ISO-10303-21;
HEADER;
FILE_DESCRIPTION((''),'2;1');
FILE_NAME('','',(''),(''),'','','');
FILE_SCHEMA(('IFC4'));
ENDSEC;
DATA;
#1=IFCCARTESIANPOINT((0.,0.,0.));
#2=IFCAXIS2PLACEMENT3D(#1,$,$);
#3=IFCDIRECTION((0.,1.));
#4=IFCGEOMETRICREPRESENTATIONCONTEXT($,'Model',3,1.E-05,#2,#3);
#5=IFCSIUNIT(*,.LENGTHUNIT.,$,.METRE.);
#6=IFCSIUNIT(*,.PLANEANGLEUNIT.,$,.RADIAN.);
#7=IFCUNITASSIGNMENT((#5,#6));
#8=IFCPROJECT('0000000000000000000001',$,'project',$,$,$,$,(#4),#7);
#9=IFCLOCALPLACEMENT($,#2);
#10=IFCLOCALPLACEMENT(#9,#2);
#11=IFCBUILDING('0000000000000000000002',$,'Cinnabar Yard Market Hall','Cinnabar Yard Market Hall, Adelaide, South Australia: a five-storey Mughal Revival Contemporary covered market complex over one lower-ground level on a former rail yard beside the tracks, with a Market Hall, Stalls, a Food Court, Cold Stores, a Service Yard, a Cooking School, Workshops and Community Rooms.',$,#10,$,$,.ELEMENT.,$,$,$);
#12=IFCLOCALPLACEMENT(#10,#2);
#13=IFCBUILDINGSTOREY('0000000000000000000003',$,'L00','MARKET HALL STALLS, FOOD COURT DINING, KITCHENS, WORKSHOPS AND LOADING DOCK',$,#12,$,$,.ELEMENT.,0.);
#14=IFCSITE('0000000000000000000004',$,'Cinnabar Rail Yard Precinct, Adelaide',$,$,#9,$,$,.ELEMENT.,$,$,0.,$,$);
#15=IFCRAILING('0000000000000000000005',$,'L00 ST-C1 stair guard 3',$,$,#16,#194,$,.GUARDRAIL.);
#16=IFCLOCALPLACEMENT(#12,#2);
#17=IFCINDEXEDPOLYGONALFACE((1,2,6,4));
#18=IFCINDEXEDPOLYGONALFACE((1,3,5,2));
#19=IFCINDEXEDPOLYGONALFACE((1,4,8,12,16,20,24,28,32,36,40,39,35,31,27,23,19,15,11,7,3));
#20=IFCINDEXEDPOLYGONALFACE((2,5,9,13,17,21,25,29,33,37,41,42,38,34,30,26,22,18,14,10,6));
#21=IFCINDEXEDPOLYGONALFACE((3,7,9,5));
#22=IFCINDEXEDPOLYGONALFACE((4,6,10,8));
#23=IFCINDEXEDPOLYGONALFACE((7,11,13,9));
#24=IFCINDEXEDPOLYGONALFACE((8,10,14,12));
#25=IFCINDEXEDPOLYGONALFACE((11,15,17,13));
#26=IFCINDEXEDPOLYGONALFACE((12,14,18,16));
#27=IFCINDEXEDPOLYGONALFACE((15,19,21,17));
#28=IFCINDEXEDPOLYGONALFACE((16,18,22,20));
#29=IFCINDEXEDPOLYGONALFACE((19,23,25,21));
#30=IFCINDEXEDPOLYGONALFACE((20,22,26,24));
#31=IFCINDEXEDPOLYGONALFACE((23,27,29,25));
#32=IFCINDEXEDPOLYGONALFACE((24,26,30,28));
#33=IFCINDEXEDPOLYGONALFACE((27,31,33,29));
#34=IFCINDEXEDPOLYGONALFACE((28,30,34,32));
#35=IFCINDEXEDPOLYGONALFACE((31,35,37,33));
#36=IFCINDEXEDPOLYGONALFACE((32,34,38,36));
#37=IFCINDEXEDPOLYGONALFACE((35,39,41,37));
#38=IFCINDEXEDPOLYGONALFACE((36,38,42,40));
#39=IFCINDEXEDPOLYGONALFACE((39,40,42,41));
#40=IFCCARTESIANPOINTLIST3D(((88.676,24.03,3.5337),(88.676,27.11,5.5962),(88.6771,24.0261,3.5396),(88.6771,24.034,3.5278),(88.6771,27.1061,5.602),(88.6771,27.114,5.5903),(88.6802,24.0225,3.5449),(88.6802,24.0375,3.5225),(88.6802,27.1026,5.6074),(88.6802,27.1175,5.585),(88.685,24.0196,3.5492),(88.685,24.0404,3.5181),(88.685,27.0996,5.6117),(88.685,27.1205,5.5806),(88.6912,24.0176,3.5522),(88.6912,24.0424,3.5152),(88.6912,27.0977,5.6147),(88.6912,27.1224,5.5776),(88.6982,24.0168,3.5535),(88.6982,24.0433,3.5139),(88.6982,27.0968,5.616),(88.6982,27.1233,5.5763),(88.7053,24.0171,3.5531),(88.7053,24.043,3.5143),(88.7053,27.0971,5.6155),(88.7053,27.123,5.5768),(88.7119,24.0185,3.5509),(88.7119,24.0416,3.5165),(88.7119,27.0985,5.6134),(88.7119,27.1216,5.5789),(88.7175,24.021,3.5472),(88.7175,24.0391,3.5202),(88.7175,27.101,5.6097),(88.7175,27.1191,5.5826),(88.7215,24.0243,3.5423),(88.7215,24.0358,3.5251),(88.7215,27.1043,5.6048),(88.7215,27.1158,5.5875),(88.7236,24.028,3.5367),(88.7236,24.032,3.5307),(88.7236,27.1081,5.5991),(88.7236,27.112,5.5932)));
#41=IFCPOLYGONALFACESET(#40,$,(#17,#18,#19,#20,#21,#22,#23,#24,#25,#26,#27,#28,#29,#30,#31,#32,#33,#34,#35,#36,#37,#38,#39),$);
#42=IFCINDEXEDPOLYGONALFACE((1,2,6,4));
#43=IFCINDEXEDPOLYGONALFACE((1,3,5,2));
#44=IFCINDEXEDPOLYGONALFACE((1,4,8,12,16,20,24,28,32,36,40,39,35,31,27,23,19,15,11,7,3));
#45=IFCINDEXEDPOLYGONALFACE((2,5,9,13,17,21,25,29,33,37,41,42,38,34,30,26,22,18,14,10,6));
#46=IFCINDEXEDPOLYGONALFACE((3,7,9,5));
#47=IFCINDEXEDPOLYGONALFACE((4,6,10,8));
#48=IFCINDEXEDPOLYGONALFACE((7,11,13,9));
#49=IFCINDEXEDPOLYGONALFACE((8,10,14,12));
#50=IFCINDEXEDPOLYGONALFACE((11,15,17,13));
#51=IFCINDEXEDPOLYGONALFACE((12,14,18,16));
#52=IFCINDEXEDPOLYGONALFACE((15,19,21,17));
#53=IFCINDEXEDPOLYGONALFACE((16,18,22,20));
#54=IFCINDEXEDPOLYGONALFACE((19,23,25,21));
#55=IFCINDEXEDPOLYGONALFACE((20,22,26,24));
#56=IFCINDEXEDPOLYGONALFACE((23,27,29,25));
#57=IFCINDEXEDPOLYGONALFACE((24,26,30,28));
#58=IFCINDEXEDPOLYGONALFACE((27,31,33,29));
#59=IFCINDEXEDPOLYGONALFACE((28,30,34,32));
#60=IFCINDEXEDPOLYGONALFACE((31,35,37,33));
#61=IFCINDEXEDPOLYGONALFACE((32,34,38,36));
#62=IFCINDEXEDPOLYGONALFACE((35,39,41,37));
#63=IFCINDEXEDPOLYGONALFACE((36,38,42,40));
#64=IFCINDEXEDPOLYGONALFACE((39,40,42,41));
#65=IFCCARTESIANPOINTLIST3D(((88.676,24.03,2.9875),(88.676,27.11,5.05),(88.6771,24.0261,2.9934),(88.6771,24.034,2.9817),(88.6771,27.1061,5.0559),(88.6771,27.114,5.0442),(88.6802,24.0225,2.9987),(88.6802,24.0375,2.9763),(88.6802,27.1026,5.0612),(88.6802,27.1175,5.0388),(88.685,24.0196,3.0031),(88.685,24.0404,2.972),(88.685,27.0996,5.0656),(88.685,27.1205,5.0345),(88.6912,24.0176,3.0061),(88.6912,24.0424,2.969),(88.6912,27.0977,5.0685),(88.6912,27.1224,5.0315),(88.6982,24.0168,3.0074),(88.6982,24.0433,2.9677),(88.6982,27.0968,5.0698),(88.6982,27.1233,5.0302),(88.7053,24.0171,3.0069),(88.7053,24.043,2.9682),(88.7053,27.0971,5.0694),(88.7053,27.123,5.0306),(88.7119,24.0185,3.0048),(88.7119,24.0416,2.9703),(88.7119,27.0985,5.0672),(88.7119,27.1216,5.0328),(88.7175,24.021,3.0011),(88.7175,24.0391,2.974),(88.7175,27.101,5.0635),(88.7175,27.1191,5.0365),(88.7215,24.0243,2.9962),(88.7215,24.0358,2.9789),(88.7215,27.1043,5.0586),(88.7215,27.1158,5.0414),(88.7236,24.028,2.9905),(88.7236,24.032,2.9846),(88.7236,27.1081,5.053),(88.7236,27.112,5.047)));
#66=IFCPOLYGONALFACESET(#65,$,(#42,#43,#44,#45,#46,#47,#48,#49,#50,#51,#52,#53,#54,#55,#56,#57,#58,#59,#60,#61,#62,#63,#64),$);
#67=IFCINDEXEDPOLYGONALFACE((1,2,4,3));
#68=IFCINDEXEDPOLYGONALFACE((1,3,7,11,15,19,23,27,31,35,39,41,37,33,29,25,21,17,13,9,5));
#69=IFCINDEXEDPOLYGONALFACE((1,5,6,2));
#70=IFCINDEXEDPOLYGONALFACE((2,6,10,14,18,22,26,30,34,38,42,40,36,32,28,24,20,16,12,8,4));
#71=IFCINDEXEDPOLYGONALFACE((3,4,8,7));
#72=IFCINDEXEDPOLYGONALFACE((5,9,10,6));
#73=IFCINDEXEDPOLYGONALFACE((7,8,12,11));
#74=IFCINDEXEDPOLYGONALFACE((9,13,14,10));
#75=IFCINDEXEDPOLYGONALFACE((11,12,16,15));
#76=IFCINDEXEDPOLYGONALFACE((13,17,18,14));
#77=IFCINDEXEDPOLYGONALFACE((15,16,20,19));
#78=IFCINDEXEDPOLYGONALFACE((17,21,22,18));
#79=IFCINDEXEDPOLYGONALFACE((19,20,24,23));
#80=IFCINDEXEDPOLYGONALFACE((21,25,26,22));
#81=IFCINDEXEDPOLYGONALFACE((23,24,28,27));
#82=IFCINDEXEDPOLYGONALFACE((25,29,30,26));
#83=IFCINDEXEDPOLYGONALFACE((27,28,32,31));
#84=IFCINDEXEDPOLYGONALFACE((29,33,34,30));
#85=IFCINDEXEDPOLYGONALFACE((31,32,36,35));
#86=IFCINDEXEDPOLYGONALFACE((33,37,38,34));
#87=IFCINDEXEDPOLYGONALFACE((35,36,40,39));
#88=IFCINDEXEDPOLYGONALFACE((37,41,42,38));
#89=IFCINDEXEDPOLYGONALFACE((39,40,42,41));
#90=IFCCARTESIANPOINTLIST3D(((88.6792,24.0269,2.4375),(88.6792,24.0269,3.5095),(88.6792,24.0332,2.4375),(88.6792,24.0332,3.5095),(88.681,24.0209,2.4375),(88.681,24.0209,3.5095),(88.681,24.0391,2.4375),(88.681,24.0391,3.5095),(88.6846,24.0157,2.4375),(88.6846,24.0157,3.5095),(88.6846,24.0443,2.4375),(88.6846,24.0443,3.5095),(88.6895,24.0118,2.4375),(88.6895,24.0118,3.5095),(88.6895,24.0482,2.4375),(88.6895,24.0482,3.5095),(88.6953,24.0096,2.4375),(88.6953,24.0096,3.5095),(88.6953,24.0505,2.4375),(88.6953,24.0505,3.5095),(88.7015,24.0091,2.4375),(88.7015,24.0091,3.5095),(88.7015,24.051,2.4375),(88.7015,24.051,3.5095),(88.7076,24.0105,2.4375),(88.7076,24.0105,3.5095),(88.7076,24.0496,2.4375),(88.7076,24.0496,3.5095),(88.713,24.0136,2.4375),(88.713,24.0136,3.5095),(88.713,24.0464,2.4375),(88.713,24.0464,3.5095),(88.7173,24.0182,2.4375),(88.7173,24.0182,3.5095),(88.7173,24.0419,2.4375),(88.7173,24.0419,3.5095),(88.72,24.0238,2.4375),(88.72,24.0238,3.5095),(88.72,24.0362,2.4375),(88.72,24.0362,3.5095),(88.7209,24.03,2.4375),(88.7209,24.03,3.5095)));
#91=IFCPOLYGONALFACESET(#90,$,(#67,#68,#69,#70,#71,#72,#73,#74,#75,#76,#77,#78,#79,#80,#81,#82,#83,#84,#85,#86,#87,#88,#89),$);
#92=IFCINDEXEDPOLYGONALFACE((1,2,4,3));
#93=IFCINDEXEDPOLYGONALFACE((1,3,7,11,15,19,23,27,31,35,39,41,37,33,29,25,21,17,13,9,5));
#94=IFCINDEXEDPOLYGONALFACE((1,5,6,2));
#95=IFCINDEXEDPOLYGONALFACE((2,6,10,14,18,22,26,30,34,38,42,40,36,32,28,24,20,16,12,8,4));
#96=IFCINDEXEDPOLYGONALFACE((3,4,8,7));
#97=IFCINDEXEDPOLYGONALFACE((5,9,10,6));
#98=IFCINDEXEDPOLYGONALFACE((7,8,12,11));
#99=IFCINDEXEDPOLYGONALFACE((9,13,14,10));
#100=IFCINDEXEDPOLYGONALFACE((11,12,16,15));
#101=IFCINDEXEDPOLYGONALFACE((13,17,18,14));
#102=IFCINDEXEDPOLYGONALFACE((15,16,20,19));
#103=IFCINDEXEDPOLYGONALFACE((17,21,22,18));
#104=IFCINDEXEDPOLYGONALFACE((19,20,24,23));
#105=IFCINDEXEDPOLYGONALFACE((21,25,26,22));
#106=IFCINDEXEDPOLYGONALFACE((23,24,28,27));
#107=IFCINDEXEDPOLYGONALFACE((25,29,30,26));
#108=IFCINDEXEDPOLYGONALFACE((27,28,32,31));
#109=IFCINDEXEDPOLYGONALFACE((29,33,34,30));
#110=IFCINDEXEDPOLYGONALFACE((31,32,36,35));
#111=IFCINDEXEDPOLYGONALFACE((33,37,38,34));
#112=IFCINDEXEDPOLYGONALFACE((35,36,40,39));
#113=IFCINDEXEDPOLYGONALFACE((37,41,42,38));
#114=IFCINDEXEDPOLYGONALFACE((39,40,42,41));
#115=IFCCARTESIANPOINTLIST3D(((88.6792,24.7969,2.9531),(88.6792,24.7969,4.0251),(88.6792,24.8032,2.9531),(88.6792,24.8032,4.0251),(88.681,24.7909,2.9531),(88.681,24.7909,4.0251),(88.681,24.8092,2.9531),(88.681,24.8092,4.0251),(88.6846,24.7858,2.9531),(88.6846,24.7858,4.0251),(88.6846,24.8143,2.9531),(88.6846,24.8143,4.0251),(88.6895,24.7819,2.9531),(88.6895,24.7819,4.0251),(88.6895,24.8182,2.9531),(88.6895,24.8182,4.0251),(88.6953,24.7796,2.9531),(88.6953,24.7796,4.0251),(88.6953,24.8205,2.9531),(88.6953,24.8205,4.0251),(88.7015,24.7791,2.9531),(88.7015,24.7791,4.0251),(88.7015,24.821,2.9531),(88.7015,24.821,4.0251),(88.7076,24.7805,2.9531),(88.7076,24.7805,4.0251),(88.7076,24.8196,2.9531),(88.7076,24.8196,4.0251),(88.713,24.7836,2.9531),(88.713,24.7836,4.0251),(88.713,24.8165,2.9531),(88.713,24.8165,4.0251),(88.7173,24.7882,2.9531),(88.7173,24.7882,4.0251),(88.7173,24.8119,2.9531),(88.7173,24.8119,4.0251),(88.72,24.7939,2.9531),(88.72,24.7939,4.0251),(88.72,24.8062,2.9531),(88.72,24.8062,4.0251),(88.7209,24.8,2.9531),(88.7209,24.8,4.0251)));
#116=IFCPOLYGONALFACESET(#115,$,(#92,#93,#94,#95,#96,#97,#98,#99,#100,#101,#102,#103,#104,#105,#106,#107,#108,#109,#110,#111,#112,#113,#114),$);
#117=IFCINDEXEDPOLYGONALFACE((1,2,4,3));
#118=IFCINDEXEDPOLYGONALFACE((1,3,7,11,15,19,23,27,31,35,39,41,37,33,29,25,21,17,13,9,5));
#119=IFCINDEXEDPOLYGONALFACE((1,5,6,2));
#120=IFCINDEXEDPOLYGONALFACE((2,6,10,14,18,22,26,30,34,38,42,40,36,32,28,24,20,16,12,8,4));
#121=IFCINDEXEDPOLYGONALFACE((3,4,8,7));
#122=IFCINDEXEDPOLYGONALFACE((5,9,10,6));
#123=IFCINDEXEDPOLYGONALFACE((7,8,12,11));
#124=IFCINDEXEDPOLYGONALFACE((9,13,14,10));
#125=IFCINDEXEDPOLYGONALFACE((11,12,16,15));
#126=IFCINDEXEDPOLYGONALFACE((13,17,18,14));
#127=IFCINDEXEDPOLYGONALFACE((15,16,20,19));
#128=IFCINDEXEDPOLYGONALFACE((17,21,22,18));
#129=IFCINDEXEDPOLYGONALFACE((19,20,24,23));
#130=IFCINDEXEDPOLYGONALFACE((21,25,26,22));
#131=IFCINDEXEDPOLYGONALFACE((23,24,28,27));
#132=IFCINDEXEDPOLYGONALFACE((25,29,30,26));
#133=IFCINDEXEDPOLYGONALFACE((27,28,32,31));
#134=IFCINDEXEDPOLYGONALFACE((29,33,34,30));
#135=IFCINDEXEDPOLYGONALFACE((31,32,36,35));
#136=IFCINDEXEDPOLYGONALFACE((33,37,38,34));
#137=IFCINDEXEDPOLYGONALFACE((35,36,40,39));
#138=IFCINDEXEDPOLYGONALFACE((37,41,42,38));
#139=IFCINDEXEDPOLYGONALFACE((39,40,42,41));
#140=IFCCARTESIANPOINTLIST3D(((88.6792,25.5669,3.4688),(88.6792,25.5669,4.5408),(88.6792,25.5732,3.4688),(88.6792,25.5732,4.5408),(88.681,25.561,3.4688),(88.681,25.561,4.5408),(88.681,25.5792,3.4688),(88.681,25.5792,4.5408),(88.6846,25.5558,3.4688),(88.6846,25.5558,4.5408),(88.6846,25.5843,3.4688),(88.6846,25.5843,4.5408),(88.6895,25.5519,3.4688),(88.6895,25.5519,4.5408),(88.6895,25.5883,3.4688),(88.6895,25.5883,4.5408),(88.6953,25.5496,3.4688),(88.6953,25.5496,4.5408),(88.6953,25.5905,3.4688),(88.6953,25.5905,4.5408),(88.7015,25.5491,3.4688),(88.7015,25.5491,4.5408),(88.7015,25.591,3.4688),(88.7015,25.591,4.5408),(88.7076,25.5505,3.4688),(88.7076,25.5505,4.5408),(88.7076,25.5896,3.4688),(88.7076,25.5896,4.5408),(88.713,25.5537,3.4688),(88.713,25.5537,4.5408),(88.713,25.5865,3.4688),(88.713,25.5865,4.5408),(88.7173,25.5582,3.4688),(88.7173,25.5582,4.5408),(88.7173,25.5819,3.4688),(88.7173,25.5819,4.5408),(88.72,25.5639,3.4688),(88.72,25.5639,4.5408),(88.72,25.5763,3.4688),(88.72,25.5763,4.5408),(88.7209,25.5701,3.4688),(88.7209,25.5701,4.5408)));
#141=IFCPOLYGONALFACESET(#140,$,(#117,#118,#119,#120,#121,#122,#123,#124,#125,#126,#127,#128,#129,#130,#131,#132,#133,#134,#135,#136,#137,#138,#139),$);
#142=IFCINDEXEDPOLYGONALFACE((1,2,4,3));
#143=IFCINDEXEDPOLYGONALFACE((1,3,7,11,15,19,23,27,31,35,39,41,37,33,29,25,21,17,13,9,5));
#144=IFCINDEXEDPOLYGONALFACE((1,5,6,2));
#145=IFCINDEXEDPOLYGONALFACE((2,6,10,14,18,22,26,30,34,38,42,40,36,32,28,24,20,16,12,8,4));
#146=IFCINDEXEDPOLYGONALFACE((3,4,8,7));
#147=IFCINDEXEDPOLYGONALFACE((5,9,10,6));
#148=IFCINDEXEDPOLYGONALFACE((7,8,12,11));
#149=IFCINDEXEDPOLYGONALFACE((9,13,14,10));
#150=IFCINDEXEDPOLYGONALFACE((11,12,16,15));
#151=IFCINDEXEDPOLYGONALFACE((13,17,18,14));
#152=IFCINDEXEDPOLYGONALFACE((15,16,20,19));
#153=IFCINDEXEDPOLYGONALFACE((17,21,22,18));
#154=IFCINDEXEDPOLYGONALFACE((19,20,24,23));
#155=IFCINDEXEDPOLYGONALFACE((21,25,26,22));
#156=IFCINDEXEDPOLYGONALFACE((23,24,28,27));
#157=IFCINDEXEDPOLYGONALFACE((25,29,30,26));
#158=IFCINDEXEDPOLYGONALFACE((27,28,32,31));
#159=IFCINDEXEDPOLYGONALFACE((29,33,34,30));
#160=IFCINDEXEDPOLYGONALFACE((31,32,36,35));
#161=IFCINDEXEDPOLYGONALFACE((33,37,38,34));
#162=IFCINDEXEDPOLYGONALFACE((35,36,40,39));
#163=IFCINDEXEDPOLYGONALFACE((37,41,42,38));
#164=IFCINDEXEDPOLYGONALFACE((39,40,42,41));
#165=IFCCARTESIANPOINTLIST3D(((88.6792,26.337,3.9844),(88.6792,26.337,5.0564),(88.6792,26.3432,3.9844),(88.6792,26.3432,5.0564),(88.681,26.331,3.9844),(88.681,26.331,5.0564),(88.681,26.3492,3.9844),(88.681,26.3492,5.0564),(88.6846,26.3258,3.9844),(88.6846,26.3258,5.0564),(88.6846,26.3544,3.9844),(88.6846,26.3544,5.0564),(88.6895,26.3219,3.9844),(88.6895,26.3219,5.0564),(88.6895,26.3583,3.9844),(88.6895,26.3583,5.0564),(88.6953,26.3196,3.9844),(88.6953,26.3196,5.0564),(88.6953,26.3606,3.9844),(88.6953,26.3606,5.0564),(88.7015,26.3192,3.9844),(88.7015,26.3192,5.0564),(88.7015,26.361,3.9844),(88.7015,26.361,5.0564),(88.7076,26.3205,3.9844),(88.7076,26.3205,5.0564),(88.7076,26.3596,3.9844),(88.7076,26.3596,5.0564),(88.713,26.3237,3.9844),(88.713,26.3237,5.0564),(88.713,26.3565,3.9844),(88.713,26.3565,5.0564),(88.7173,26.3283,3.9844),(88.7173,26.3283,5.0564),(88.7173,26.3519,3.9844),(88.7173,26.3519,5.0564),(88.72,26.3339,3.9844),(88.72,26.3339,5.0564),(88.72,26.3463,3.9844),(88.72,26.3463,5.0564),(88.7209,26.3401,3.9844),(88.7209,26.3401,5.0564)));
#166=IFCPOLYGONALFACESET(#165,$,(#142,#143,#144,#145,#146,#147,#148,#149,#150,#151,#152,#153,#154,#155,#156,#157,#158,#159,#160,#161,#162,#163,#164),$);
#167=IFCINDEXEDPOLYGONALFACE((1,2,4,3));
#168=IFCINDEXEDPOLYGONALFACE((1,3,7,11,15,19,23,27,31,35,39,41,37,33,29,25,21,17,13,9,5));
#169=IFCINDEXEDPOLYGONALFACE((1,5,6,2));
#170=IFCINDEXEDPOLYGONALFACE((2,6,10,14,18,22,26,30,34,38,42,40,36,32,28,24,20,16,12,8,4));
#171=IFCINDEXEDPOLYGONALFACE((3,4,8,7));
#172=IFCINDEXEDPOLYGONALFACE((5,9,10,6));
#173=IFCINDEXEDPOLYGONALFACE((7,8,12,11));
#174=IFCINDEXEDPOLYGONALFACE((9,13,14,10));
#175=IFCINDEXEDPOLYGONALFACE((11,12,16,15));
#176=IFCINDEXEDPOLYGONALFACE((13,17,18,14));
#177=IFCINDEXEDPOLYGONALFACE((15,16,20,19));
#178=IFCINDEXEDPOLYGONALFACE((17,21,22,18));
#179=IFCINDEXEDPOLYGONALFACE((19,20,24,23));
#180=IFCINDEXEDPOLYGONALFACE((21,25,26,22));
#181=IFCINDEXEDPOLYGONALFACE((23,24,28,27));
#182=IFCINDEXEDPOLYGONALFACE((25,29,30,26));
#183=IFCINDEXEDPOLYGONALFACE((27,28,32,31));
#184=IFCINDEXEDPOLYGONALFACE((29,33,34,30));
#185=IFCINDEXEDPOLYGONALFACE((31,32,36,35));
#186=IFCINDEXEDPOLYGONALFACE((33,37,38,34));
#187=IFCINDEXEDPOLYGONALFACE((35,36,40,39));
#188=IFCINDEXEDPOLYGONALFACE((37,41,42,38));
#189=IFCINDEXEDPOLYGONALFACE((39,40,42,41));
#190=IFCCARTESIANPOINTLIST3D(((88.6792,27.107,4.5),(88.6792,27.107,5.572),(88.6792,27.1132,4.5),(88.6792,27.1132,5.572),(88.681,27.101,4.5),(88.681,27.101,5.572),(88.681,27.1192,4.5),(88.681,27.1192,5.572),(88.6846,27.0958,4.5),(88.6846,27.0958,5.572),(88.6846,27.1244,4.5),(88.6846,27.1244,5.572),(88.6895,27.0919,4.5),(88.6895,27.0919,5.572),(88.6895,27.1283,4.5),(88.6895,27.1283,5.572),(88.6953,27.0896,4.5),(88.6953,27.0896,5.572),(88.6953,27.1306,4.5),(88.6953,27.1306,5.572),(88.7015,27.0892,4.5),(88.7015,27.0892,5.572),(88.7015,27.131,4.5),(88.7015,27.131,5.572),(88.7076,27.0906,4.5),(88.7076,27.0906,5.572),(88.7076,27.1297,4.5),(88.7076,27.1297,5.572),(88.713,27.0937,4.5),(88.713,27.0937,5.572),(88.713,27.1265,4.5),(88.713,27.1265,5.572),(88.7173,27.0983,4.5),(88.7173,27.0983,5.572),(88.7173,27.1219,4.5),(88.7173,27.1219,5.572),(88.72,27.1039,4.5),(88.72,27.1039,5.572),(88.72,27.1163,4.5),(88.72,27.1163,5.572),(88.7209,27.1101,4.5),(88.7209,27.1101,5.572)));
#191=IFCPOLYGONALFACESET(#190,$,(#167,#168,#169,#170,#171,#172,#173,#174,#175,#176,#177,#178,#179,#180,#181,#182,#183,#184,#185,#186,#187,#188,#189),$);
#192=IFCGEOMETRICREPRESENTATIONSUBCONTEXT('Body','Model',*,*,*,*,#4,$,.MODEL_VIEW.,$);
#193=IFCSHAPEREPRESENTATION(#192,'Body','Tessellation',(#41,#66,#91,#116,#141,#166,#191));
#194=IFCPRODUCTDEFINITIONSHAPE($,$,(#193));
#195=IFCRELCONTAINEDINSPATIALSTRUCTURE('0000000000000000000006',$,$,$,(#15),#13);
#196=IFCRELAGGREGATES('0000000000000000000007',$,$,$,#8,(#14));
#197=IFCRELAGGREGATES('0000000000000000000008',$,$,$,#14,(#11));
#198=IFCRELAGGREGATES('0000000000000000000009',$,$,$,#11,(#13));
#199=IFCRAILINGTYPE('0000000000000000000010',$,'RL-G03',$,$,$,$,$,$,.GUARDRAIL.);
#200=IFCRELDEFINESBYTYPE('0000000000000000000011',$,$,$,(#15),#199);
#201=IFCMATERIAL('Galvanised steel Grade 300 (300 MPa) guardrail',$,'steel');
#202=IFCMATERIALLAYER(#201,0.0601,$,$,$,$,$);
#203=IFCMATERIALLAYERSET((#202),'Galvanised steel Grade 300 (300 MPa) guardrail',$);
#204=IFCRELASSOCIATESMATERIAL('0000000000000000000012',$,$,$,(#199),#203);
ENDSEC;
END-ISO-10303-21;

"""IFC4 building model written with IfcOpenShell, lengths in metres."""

from ifc_helpers import new_model, si_unit, direction, frame, origin, origin_2d_with_axis, place, context, subcontext, project, spatial, circle, extrude, material, layer, layer_set, type_object, element, save


model = new_model("IFC4")

# Units and contexts
model_context = context("Model", 3, precision=1e-05, world=origin(), true_north=direction((0.0, 1.0)))
body_context = subcontext(model_context, "Body", "Model", "MODEL_VIEW")
ifc_project = project(units=[si_unit("LENGTHUNIT", "METRE"), si_unit("PLANEANGLEUNIT", "RADIAN")], contexts=[model_context])

# Site, building, storey
site_placement = place(None, origin())
site = spatial("IfcSite", under=ifc_project, at=site_placement, Name="Cinnabar Rail Yard Precinct, Adelaide", CompositionType="ELEMENT", RefElevation=0.0)
building_placement = place(site_placement, origin())
building = spatial("IfcBuilding", under=site, at=building_placement, Name="Cinnabar Yard Market Hall", Description="Cinnabar Yard Market Hall, Adelaide, South Australia: a five-storey Mughal Revival Contemporary covered market complex over one lower-ground level on a former rail yard beside the tracks, with a Market Hall, Stalls, a Food Court, Cold Stores, a Service Yard, a Cooking School, Workshops and Community Rooms.", CompositionType="ELEMENT")
storey_placement = place(building_placement, origin())
storey = spatial("IfcBuildingStorey", under=building, at=storey_placement, Name="L00", Description="MARKET HALL STALLS, FOOD COURT DINING, KITCHENS, WORKSHOPS AND LOADING DOCK", CompositionType="ELEMENT", Elevation=0.0)

# Railing
ifc_material_1 = material(Name="Galvanised steel Grade 300 (300 MPa) guardrail", Category="steel")
ifc_layer_1 = layer(ifc_material_1, 0.0601)
ifc_layer_set_1 = layer_set([ifc_layer_1], Name="Galvanised steel Grade 300 (300 MPa) guardrail")
railing_type_1 = type_object("IfcRailingType", Name="RL-G03", PredefinedType="GUARDRAIL", material=ifc_layer_set_1)
railing_1_placement = place(storey_placement, frame((88.7, 24.03, 2.4375)))
element("IfcRailing", 1, at=railing_1_placement, inside=storey, type_object=railing_type_1, Name="L00 ST-C1 stair guard 3", PredefinedType="GUARDRAIL", context=body_context, shape_type="SweptSolid", body=[
    extrude(circle(Radius=0.0239, at=origin_2d_with_axis()), frame((0.0, 0.0, 1.0962), z_axis=(0.0, 0.830914, 0.556401), x_axis=(-1.0, 0.0, 0.0)), (0.0, 0.0, 1.0), 3.7068),
    extrude(circle(Radius=0.0239, at=origin_2d_with_axis()), frame((0.0, 0.0, 0.55), z_axis=(0.0, 0.830914, 0.556401), x_axis=(-1.0, 0.0, 0.0)), (0.0, 0.0, 1.0), 3.7068),
    extrude(circle(Radius=0.021, at=origin_2d_with_axis()), origin(), (0.0, 0.0, 1.0), 1.072),
    extrude(circle(Radius=0.021, at=origin_2d_with_axis()), frame((0.0, 0.77, 0.5156)), (0.0, 0.0, 1.0), 1.072),
    extrude(circle(Radius=0.021, at=origin_2d_with_axis()), frame((0.0, 1.54, 1.0312)), (0.0, 0.0, 1.0), 1.072),
    extrude(circle(Radius=0.021, at=origin_2d_with_axis()), frame((0.0, 2.3101, 1.5469)), (0.0, 0.0, 1.0), 1.072),
    extrude(circle(Radius=0.021, at=origin_2d_with_axis()), frame((0.0, 3.0801, 2.0625)), (0.0, 0.0, 1.0), 1.072),
])

save(model, "model.ifc")
